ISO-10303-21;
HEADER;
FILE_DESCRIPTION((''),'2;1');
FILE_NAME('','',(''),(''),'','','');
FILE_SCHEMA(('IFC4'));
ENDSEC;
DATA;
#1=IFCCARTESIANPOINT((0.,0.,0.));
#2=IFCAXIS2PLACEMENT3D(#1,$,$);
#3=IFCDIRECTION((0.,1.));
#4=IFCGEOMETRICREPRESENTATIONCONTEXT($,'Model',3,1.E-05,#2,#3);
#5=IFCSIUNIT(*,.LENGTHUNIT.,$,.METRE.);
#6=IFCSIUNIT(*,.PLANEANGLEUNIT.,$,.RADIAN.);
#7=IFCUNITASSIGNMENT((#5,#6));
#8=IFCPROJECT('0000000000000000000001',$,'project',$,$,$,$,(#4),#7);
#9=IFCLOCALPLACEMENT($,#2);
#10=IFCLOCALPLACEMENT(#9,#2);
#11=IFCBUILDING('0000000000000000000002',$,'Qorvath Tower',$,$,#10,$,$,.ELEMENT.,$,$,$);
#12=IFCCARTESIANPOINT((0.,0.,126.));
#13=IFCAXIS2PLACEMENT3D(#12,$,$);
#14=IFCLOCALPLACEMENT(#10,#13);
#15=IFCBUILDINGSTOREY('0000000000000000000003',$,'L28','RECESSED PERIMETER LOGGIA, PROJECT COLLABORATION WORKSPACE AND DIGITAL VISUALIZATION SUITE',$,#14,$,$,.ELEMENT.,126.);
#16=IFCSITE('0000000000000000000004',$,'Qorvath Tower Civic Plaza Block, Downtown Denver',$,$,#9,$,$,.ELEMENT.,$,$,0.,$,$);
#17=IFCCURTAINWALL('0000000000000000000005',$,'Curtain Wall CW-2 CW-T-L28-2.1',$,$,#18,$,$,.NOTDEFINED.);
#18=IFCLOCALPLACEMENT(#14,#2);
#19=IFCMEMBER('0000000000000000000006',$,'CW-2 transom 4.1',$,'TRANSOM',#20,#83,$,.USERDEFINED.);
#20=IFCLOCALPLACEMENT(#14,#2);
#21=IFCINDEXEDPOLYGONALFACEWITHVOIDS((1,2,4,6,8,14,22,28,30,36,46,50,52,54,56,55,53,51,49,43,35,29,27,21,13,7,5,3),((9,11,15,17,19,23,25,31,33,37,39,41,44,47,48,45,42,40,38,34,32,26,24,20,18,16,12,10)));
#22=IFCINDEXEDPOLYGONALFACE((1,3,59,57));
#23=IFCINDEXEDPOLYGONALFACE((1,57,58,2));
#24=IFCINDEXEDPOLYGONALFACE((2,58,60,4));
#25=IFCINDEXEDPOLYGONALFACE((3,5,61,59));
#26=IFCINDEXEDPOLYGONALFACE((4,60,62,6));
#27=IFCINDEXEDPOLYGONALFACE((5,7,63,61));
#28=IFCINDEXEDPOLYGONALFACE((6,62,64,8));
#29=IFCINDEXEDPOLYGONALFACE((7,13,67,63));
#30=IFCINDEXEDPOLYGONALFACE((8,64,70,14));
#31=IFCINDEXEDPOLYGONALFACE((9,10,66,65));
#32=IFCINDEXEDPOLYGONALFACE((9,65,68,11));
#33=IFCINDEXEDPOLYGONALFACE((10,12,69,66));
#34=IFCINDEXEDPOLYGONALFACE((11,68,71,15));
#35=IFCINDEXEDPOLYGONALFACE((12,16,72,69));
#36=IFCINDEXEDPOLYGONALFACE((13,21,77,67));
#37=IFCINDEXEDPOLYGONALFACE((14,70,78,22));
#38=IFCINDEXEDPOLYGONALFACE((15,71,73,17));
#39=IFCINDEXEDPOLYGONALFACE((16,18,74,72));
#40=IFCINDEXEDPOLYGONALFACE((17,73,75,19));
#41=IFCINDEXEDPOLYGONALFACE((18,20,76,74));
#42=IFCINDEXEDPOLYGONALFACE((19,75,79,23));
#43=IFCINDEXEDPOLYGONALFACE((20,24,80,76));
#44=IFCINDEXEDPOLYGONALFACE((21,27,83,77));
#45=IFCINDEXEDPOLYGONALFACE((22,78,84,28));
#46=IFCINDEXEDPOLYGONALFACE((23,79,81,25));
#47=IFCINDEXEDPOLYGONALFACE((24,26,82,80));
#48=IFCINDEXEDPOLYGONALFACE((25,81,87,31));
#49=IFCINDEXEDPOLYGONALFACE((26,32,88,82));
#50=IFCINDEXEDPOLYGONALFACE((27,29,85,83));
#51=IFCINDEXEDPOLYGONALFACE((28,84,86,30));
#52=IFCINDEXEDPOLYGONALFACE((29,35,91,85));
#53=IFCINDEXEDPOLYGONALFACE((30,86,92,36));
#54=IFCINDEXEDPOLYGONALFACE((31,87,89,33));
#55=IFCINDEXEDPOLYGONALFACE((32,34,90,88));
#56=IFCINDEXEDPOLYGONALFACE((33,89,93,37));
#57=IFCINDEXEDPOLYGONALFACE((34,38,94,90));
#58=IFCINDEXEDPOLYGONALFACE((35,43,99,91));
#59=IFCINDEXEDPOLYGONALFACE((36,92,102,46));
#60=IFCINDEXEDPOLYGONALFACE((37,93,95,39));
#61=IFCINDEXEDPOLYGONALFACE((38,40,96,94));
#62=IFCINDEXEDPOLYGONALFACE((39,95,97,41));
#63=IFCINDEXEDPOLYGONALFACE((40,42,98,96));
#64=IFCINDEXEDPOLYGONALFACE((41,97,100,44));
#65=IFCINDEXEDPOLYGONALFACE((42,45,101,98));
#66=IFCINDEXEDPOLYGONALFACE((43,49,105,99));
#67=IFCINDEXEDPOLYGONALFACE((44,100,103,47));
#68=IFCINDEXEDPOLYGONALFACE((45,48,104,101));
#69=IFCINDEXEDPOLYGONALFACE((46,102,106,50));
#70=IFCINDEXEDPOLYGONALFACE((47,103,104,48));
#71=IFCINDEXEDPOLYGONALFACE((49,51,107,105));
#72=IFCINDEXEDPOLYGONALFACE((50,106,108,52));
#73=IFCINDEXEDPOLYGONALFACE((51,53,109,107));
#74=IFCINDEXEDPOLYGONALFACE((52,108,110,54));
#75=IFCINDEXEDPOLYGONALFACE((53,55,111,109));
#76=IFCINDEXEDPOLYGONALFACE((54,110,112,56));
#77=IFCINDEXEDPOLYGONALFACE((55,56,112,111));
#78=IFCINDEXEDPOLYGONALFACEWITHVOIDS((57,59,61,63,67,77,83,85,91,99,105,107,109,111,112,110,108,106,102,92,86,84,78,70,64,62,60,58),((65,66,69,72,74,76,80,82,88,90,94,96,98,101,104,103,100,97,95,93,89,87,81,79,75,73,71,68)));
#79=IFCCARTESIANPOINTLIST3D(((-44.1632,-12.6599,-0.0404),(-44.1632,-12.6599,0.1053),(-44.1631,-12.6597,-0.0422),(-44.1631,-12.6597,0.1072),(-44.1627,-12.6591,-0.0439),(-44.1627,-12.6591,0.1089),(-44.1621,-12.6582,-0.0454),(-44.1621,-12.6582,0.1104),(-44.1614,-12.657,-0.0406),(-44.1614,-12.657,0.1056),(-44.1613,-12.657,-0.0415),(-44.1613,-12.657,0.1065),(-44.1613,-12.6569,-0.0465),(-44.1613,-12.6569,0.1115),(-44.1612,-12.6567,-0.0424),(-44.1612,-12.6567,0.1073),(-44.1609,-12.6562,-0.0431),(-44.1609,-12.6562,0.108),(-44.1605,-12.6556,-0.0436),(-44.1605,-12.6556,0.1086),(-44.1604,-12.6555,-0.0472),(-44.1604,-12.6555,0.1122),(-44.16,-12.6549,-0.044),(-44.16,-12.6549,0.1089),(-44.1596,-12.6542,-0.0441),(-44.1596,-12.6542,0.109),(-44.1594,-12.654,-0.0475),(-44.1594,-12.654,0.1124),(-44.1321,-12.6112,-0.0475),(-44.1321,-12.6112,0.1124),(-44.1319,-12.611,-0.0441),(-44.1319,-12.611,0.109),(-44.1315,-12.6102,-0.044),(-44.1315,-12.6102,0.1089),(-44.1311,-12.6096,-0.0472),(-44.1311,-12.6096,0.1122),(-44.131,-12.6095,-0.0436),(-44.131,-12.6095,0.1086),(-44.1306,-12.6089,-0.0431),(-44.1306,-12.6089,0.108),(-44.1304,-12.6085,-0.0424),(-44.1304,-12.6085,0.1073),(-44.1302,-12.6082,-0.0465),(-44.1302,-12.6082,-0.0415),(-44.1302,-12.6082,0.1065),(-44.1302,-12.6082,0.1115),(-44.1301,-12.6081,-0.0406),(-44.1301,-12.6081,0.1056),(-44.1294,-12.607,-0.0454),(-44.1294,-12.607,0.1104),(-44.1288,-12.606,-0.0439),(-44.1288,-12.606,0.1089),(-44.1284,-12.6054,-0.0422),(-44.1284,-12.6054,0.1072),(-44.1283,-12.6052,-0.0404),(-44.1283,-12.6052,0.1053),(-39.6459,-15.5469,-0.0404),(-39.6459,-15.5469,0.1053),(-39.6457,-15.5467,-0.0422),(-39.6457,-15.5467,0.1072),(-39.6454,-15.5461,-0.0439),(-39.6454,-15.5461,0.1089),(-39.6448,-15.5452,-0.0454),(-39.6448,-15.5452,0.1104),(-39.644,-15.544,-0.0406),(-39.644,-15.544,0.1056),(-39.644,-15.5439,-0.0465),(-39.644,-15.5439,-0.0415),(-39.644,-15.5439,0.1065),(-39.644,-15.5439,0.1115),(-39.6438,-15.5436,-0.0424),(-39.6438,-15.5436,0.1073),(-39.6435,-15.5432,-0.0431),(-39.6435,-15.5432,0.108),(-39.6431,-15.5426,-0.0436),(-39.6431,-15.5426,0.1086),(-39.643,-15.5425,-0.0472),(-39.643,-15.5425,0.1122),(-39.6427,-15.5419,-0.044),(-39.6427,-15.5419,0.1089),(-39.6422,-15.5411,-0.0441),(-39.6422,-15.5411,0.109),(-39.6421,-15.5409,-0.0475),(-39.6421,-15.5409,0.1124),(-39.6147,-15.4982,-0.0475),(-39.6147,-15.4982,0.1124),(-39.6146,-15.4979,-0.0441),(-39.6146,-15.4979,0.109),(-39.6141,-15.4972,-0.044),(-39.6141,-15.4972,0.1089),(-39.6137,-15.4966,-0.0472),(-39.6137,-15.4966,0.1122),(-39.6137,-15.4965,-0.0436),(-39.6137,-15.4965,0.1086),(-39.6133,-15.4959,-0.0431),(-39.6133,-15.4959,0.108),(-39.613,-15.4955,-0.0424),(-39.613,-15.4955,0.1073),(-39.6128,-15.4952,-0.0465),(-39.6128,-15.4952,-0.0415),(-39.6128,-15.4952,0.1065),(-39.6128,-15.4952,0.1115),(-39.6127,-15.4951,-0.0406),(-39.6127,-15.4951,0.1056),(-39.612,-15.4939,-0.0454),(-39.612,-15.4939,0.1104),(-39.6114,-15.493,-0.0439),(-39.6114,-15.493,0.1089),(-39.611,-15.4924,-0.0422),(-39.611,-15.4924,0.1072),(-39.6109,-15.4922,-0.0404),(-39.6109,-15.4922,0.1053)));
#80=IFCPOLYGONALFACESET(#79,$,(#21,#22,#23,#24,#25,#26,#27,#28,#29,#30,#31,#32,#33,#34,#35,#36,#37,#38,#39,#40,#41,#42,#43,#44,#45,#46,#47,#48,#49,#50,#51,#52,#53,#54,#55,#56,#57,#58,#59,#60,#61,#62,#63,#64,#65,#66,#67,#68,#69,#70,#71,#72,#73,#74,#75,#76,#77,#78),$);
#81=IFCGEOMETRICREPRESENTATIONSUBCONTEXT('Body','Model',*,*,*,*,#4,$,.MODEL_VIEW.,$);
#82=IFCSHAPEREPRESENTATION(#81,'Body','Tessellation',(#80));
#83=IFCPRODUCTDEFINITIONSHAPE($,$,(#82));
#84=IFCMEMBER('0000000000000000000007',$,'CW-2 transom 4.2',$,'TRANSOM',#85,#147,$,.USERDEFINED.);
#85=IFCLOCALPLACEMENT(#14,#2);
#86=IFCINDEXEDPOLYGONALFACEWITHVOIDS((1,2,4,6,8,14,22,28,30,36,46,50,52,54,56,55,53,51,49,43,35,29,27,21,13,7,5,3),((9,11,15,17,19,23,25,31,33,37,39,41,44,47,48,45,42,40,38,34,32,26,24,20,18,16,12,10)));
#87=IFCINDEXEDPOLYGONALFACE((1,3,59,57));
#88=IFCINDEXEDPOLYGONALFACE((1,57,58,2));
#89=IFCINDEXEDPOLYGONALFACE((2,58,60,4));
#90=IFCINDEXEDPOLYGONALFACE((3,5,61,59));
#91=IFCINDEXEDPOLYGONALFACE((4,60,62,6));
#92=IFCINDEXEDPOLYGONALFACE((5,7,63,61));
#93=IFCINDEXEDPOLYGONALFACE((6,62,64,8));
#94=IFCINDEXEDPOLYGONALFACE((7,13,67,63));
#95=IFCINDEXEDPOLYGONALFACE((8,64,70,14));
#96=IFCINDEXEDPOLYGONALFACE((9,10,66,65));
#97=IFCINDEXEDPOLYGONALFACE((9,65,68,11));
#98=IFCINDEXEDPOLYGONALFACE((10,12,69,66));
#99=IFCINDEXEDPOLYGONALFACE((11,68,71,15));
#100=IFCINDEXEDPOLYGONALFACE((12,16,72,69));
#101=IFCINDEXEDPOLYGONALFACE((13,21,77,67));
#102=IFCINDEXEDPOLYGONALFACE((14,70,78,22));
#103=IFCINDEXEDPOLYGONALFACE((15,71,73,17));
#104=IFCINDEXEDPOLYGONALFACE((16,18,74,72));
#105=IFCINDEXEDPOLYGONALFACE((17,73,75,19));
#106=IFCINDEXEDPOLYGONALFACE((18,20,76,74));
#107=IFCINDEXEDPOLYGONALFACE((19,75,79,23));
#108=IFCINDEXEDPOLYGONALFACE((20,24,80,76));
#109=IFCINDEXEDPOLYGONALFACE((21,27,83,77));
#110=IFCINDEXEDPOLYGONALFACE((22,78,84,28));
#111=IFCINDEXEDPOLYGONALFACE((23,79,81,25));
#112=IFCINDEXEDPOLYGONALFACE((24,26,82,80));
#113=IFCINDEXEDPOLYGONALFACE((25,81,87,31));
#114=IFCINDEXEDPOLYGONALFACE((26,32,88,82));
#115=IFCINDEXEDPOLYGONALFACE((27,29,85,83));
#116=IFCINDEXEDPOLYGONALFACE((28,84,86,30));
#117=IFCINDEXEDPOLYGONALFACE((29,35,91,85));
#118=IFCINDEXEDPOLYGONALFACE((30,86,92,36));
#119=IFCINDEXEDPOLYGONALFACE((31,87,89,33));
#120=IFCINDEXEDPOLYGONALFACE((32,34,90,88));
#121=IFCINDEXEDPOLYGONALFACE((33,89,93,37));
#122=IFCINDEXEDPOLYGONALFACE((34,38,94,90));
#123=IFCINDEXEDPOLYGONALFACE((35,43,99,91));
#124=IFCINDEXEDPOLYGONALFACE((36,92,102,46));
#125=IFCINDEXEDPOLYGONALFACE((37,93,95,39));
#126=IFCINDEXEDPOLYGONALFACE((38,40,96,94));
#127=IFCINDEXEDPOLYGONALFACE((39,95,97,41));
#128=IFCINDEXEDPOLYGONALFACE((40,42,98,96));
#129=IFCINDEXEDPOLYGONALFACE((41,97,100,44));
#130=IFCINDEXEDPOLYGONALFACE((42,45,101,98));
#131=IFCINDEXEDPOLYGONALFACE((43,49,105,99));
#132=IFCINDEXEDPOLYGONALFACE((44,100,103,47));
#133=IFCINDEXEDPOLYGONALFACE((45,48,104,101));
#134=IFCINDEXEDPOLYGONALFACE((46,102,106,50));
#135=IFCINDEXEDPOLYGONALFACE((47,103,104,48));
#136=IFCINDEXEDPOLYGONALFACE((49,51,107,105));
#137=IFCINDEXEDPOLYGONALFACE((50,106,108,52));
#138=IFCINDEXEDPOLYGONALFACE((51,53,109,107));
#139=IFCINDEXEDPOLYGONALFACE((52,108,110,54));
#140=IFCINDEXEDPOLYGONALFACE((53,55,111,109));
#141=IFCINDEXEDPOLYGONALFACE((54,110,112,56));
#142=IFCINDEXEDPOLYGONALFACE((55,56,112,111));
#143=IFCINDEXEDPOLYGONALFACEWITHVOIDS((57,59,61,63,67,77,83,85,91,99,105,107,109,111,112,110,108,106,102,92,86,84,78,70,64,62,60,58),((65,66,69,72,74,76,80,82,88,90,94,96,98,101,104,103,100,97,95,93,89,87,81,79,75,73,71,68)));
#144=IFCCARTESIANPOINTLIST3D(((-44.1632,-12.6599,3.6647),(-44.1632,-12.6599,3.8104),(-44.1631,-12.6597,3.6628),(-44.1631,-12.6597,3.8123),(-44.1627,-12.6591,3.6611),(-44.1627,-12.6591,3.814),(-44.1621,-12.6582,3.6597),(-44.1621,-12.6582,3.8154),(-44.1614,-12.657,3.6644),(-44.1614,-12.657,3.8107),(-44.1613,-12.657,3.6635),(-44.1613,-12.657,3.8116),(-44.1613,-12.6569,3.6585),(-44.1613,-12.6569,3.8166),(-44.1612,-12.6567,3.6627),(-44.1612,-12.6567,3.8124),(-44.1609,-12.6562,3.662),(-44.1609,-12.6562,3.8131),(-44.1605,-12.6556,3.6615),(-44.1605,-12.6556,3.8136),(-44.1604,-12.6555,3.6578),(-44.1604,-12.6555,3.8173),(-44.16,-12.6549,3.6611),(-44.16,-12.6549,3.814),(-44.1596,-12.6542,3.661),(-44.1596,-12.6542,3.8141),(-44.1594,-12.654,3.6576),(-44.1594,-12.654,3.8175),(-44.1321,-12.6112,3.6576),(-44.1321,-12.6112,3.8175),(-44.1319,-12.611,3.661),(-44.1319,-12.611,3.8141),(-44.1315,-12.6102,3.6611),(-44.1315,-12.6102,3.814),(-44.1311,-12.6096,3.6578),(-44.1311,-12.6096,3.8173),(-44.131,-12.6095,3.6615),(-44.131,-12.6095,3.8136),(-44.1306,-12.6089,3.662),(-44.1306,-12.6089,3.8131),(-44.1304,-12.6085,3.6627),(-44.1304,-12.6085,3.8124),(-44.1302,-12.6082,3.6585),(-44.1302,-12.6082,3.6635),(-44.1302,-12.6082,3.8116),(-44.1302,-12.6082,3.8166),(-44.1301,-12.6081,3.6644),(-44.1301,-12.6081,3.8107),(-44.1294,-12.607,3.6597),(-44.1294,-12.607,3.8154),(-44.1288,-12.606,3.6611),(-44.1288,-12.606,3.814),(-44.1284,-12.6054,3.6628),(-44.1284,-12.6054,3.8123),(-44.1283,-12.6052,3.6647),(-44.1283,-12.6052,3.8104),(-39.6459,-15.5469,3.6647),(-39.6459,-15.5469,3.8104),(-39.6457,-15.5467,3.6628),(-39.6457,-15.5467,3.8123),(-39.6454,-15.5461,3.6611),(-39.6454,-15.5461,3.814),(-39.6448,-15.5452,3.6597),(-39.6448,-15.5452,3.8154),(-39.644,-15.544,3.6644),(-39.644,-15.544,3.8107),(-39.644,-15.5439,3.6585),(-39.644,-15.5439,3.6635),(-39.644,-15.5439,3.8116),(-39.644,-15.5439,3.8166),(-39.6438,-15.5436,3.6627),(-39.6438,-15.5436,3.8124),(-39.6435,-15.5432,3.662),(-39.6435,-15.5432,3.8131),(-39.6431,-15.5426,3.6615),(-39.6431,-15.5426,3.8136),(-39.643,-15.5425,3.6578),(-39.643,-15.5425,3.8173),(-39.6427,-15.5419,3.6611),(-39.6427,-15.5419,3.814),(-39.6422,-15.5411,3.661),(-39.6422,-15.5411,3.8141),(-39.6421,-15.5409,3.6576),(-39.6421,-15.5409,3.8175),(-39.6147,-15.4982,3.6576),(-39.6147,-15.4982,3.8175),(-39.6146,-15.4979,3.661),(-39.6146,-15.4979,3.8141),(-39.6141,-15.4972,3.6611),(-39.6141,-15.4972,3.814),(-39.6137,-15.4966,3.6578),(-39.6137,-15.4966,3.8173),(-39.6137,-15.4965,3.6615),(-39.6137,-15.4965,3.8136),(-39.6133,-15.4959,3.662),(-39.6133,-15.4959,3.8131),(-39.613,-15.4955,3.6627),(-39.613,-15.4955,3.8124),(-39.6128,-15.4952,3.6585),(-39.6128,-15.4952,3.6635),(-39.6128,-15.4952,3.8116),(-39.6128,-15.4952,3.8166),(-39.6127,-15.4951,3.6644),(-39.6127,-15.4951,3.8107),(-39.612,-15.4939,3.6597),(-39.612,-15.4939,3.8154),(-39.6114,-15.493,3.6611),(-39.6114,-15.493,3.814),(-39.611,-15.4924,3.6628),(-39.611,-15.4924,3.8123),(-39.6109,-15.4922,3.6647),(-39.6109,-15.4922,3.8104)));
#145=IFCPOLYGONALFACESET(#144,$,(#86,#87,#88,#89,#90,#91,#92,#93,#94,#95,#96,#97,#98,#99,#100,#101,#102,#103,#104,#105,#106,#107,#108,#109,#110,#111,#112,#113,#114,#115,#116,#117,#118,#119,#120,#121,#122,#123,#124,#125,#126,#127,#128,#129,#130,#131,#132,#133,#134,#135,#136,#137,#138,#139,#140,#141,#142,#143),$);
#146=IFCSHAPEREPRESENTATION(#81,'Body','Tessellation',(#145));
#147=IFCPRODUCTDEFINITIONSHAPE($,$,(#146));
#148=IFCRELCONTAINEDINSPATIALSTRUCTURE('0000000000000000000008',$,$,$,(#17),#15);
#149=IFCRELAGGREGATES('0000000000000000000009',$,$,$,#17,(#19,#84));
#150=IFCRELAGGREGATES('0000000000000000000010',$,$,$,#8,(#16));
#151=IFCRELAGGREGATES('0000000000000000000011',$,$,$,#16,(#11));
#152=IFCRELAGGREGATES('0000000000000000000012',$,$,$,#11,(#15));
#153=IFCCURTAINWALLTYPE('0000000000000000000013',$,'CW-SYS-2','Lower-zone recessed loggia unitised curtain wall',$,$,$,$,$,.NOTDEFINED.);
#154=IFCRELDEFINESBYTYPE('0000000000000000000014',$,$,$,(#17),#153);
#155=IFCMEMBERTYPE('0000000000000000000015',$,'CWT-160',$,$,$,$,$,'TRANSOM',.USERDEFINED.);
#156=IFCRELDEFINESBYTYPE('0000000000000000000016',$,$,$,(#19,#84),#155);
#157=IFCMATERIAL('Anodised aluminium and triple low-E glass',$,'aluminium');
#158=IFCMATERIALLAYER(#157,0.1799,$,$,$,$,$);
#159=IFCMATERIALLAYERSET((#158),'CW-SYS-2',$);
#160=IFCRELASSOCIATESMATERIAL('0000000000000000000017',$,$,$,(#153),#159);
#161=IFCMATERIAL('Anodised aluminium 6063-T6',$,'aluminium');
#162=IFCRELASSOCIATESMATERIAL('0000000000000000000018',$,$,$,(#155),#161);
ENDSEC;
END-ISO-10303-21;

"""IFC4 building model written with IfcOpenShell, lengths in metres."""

from ifc_helpers import new_model, si_unit, direction, frame, origin, origin_2d, place, context, subcontext, project, spatial, hollow_rectangle, extrude, material, layer, layer_set, material_profile, profile_set, type_object, element, aggregate, save


model = new_model("IFC4")

# Units and contexts
model_context = context("Model", 3, precision=1e-05, world=origin(), true_north=direction((0.0, 1.0)))
body_context = subcontext(model_context, "Body", "Model", "MODEL_VIEW")
ifc_project = project(units=[si_unit("LENGTHUNIT", "METRE"), si_unit("PLANEANGLEUNIT", "RADIAN")], contexts=[model_context])

# Site, building, storey
site_placement = place(None, origin())
site = spatial("IfcSite", under=ifc_project, at=site_placement, Name="Qorvath Tower Civic Plaza Block, Downtown Denver", CompositionType="ELEMENT", RefElevation=0.0)
building_placement = place(site_placement, origin())
building = spatial("IfcBuilding", under=site, at=building_placement, Name="Qorvath Tower", CompositionType="ELEMENT")
storey_placement = place(building_placement, frame((0.0, 0.0, 126.0)))
storey = spatial("IfcBuildingStorey", under=building, at=storey_placement, Name="L28", Description="RECESSED PERIMETER LOGGIA, PROJECT COLLABORATION WORKSPACE AND DIGITAL VISUALIZATION SUITE", CompositionType="ELEMENT", Elevation=126.0)

# Curtain wall, members
ifc_material_1 = material(Name="Anodised aluminium and triple low-E glass", Category="aluminium")
ifc_layer_1 = layer(ifc_material_1, 0.1799)
ifc_layer_set_1 = layer_set([ifc_layer_1], Name="CW-SYS-2")
curtain_wall_type = type_object("IfcCurtainWallType", Name="CW-SYS-2", Description="Lower-zone recessed loggia unitised curtain wall", PredefinedType="NOTDEFINED", material=ifc_layer_set_1)
curtain_wall_placement = place(storey_placement, origin())
curtain_wall = element("IfcCurtainWall", 1, at=curtain_wall_placement, inside=storey, type_object=curtain_wall_type, Name="Curtain Wall CW-2 CW-T-L28-2.1", PredefinedType="NOTDEFINED")
ifc_material_2 = material(Name="Anodised aluminium 6063-T6", Category="aluminium")
ifc_material_profile_1 = material_profile(ifc_material_2, hollow_rectangle(XDim=0.0649, YDim=0.1599, WallThickness=0.0034, InnerFilletRadius=0.0034, OuterFilletRadius=0.0071, at=origin_2d()), Name="CWT 160x65")
ifc_profile_set_1 = profile_set([ifc_material_profile_1], Name="Anodised aluminium 6063-T6")
member_type_1 = type_object("IfcMemberType", Name="CWT-160", ElementType="TRANSOM", PredefinedType="USERDEFINED", material=ifc_profile_set_1)
member_1_placement = place(storey_placement, frame((-44.1458, -12.6326, 0.0325), z_axis=(0.842621, -0.538507, 0.0), x_axis=(0.538507, 0.842621, 0.0)))
member_1 = element("IfcMember", 2, at=member_1_placement, type_object=member_type_1, Name="CW-2 transom 4.1", ObjectType="TRANSOM", PredefinedType="USERDEFINED", context=body_context, shape_type="SweptSolid", body=[
    extrude(hollow_rectangle(XDim=0.0649, YDim=0.1599, WallThickness=0.0034, InnerFilletRadius=0.0034, OuterFilletRadius=0.0071, at=origin_2d()), origin(), (0.0, 0.0, 1.0), 5.3611),
])
member_2_placement = place(storey_placement, frame((-44.1458, -12.6326, 3.7375), z_axis=(0.842621, -0.538507, 0.0), x_axis=(0.538507, 0.842621, 0.0)))
member_2 = element("IfcMember", 3, at=member_2_placement, type_object=member_type_1, Name="CW-2 transom 4.2", ObjectType="TRANSOM", PredefinedType="USERDEFINED", context=body_context, shape_type="SweptSolid", body=[
    extrude(hollow_rectangle(XDim=0.0649, YDim=0.1599, WallThickness=0.0034, InnerFilletRadius=0.0034, OuterFilletRadius=0.0071, at=origin_2d()), origin(), (0.0, 0.0, 1.0), 5.3611),
])

aggregate(curtain_wall, [member_1, member_2])

save(model, "model.ifc")
